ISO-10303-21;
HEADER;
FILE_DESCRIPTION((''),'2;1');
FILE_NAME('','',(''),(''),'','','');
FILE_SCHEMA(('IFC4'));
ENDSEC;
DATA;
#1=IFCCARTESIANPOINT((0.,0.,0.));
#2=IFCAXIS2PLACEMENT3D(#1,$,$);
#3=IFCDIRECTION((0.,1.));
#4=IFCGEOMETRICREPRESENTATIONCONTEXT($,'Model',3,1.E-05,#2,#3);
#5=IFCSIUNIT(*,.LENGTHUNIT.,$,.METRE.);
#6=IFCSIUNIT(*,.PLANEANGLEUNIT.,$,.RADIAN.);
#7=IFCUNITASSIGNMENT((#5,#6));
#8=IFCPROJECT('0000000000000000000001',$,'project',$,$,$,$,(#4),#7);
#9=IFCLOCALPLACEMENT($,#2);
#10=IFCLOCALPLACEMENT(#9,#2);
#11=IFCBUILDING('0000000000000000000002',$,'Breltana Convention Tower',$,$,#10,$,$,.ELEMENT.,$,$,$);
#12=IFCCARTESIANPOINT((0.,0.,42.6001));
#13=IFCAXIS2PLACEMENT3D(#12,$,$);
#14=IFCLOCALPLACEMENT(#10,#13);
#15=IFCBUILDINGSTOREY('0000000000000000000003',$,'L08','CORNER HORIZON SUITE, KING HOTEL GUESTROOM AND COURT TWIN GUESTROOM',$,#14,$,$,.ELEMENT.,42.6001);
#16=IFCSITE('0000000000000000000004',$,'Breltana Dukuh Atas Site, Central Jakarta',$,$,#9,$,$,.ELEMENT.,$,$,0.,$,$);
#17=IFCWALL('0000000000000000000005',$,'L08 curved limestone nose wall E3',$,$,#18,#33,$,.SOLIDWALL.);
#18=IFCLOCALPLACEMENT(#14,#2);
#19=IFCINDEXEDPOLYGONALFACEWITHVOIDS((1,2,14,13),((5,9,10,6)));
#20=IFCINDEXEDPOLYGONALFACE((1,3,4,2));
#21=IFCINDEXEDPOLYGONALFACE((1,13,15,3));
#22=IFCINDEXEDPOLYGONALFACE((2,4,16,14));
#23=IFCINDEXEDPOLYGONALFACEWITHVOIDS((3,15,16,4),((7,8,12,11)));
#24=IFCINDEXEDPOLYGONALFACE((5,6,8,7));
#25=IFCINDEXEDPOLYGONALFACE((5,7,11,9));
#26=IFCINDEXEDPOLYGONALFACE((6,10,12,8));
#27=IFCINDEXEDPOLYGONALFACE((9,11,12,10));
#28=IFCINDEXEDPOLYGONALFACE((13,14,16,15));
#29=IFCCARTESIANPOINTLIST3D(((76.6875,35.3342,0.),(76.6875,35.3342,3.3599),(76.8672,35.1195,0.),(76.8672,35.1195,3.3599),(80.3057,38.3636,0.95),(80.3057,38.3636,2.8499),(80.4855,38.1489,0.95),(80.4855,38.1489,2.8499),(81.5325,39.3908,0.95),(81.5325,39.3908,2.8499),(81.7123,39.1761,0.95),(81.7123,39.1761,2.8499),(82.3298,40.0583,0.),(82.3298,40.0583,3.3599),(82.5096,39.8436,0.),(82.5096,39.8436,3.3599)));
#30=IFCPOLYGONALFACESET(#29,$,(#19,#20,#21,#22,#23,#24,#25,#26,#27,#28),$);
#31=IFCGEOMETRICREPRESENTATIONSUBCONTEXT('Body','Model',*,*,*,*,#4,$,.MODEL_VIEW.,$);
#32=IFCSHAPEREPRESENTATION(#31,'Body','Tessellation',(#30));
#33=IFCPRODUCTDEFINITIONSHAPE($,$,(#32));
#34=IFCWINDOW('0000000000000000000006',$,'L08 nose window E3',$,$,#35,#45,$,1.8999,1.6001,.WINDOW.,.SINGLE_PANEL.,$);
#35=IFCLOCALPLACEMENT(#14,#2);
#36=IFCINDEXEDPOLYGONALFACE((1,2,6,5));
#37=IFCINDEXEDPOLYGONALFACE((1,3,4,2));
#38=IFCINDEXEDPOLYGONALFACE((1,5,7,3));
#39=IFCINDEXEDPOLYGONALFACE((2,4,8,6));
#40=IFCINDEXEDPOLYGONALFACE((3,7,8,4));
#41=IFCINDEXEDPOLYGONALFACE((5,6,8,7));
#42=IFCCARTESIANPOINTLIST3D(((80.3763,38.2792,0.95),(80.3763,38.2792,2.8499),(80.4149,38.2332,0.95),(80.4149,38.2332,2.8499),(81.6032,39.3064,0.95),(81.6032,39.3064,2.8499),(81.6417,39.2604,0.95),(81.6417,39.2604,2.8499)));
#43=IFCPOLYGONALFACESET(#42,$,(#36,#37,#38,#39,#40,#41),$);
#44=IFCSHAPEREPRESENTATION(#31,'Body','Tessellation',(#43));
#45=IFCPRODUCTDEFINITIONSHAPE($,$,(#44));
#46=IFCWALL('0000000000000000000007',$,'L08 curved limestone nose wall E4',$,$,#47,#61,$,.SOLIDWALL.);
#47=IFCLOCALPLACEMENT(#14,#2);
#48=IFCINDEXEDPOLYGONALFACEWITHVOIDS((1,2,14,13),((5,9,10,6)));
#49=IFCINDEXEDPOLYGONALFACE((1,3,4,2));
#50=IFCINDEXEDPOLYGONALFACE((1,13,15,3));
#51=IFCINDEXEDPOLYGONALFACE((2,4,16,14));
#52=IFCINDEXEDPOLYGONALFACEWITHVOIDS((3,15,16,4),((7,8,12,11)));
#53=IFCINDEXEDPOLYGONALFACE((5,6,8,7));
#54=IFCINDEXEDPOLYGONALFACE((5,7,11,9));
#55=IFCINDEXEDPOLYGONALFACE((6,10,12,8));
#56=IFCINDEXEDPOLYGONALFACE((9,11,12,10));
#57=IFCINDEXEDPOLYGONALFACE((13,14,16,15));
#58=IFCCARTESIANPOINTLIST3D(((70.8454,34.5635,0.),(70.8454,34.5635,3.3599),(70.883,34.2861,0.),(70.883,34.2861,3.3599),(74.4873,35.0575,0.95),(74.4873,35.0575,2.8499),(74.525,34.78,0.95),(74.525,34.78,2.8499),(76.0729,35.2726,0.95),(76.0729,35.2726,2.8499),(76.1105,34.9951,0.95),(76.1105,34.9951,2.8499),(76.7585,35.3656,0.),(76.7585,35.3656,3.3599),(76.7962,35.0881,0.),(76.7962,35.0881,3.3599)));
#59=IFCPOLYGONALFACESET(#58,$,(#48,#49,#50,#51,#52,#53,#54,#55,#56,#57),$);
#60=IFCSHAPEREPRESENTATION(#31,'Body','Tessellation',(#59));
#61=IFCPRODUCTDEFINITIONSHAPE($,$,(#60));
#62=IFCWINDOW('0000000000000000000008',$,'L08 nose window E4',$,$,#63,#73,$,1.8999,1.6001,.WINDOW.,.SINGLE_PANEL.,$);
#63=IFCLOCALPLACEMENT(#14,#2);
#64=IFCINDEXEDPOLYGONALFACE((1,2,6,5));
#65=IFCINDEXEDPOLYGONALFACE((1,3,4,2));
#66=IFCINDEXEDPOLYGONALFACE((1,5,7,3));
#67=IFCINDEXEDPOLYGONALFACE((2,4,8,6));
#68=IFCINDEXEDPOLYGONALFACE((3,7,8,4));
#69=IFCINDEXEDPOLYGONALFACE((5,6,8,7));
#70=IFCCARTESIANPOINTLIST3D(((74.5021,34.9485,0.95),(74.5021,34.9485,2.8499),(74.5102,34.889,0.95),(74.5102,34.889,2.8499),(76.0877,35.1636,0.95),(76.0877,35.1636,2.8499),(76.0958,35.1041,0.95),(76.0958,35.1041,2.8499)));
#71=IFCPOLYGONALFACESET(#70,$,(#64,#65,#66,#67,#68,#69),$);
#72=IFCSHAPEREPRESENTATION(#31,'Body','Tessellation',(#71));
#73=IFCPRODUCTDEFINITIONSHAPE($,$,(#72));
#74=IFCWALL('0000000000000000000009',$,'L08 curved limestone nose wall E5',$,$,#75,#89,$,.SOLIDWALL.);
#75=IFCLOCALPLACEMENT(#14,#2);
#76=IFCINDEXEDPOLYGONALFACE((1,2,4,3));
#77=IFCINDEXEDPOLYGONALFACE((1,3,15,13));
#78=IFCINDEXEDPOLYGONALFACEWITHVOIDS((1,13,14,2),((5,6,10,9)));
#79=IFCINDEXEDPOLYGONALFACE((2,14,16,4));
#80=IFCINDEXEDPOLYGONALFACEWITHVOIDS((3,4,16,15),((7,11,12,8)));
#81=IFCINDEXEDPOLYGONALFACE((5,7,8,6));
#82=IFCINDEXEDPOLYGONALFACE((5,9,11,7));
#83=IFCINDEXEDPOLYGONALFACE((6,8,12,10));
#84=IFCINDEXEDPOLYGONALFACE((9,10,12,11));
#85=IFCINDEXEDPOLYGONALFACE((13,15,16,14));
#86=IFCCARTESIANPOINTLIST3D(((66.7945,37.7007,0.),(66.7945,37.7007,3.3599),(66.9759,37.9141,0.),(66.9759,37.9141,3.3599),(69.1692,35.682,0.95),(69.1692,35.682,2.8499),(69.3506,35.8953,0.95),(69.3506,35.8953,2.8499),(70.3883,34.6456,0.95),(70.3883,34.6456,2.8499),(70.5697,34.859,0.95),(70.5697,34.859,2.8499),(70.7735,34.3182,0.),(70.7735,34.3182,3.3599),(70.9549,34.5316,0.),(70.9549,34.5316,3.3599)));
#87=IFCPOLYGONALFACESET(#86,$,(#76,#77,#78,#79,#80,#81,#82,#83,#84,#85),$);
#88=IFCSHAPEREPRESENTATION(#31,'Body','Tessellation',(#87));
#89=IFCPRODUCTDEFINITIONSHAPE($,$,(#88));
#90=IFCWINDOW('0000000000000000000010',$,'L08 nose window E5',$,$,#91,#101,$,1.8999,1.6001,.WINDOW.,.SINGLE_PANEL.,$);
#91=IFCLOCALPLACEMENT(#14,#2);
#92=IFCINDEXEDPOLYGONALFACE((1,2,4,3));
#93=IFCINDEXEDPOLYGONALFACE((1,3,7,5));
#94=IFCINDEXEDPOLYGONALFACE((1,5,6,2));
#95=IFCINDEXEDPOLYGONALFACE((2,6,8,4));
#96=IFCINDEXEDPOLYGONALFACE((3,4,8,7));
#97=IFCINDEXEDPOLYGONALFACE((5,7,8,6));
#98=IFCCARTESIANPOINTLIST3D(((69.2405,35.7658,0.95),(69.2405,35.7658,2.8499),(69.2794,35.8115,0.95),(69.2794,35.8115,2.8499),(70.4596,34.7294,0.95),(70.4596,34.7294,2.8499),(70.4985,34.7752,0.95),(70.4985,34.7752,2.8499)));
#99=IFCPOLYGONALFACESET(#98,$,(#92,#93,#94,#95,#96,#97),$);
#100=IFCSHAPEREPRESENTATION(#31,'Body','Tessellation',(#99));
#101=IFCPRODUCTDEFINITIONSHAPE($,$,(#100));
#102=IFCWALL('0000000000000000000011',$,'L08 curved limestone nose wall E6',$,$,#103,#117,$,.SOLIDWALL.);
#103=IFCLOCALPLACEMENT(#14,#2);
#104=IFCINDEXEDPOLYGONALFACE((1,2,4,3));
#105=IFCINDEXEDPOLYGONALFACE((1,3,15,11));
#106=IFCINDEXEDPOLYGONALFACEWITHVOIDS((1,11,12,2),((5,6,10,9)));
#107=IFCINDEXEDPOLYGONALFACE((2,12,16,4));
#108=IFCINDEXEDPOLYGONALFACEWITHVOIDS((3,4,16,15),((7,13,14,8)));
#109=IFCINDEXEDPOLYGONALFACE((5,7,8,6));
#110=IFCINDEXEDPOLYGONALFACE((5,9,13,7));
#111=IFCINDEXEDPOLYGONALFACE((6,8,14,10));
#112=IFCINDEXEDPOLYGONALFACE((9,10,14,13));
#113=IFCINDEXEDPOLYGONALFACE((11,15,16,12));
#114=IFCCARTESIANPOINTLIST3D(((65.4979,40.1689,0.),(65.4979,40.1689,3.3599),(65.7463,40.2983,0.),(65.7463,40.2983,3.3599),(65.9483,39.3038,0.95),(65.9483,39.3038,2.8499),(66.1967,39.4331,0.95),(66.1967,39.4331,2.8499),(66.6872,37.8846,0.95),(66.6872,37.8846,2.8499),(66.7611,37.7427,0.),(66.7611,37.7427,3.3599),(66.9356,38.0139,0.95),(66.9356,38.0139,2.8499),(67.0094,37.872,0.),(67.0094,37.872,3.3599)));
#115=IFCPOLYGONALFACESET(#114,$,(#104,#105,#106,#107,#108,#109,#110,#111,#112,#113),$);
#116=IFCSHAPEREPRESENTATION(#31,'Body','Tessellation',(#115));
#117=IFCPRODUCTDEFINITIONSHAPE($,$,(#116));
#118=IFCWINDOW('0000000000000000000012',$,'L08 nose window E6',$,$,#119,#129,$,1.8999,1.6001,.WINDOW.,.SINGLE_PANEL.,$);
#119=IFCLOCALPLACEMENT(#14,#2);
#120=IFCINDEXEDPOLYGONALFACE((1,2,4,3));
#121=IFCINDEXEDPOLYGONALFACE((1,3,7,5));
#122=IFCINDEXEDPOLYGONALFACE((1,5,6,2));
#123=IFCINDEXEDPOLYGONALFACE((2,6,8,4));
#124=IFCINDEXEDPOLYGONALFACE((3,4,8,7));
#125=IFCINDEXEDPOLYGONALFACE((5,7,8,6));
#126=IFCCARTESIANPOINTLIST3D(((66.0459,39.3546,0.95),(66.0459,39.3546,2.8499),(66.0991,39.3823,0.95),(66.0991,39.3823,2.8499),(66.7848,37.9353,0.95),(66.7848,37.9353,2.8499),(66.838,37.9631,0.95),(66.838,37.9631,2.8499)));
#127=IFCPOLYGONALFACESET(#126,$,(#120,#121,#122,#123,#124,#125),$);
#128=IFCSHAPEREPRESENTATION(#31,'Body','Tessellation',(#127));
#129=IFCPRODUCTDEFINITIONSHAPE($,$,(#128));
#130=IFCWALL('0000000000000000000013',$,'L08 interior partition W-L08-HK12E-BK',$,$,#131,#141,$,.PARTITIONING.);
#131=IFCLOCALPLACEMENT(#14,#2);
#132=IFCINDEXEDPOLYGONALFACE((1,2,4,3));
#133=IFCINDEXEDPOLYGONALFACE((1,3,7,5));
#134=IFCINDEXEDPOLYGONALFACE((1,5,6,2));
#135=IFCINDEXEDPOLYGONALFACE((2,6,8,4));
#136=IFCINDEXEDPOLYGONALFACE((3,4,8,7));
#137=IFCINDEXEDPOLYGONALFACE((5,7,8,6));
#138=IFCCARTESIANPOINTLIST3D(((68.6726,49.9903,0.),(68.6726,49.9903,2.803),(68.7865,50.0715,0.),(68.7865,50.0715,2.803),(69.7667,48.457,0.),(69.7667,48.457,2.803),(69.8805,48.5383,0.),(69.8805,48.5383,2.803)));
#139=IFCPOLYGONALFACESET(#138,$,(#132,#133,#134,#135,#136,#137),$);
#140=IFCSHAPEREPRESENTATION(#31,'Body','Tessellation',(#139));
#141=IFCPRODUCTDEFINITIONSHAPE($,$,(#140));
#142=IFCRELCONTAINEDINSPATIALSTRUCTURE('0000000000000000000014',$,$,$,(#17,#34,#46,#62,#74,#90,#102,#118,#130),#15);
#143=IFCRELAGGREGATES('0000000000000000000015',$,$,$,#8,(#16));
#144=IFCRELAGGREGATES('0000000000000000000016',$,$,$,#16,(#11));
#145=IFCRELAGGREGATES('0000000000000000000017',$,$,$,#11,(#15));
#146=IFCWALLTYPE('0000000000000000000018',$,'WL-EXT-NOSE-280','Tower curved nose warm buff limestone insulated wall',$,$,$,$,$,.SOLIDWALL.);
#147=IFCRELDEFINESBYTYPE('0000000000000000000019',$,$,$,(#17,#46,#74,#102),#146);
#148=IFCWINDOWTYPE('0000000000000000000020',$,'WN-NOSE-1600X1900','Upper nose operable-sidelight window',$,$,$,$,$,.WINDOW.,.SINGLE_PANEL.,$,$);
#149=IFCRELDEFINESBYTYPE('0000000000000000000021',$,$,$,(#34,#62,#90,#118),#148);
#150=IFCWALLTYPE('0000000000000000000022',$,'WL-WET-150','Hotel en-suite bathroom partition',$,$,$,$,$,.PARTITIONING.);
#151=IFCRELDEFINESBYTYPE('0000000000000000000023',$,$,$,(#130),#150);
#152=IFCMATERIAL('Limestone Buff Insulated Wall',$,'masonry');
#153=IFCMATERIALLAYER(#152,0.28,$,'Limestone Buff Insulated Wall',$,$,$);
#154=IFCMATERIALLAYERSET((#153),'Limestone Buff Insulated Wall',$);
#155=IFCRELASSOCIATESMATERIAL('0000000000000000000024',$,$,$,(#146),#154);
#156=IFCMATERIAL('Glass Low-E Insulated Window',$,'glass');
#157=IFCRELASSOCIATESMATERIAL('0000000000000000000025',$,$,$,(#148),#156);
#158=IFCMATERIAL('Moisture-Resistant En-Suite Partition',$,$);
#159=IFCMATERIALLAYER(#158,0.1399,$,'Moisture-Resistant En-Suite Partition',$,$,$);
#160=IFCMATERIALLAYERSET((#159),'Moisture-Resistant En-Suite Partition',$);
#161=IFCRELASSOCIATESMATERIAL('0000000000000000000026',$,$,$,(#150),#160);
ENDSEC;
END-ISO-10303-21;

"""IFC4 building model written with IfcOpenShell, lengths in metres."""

from ifc_helpers import new_model, si_unit, direction, frame, frame_2d, origin, place, context, subcontext, project, spatial, rectangle, extrude, source, transform, mapped, material, layer, layer_set, type_object, type_shapes, element, fill, save


model = new_model("IFC4")

# Units and contexts
model_context = context("Model", 3, precision=1e-05, world=origin(), true_north=direction((0.0, 1.0)))
body_context = subcontext(model_context, "Body", "Model", "MODEL_VIEW")
ifc_project = project(units=[si_unit("LENGTHUNIT", "METRE"), si_unit("PLANEANGLEUNIT", "RADIAN")], contexts=[model_context])

# Site, building, storey
site_placement = place(None, origin())
site = spatial("IfcSite", under=ifc_project, at=site_placement, Name="Breltana Dukuh Atas Site, Central Jakarta", CompositionType="ELEMENT", RefElevation=0.0)
building_placement = place(site_placement, origin())
building = spatial("IfcBuilding", under=site, at=building_placement, Name="Breltana Convention Tower", CompositionType="ELEMENT")
storey_placement = place(building_placement, frame((0.0, 0.0, 42.6001)))
storey = spatial("IfcBuildingStorey", under=building, at=storey_placement, Name="L08", Description="CORNER HORIZON SUITE, KING HOTEL GUESTROOM AND COURT TWIN GUESTROOM", CompositionType="ELEMENT", Elevation=42.6001)

# Walls, openings, windows
ifc_material_1 = material(Name="Limestone Buff Insulated Wall", Category="masonry")
ifc_layer_1 = layer(ifc_material_1, 0.28, Name="Limestone Buff Insulated Wall")
ifc_layer_set_1 = layer_set([ifc_layer_1], Name="Limestone Buff Insulated Wall")
wall_type_1 = type_object("IfcWallType", Name="WL-EXT-NOSE-280", Description="Tower curved nose warm buff limestone insulated wall", PredefinedType="SOLIDWALL", material=ifc_layer_set_1)
ifc_material_2 = material(Name="Glass Low-E Insulated Window", Category="glass")
window_type = type_object("IfcWindowType", Name="WN-NOSE-1600X1900", Description="Upper nose operable-sidelight window", PartitioningType="SINGLE_PANEL", PredefinedType="WINDOW", material=ifc_material_2)
shared_shape_1 = source(origin(), body_context, "Body", "SweptSolid", [
    extrude(rectangle(XDim=1.6001, YDim=1.8999, at=frame_2d((0.8, 0.95))), frame((0.0, 0.03, 0.0), z_axis=(0.0, -1.0, 0.0), x_axis=(1.0, 0.0, 0.0)), (0.0, 0.0, 1.0), 0.0601),
])
type_shapes(window_type, [shared_shape_1])
shared_shape_2 = source(origin(), body_context, "Body", "SweptSolid", [
    extrude(rectangle(XDim=7.3589, YDim=0.28, at=frame_2d((3.6794, 0.0))), origin(), (0.0, 0.0, 1.0), 3.3599),
])
wall_1_placement = place(storey_placement, frame((82.4197, 39.9509, 0.0), z_axis=(0.0, 0.0, 1.0), x_axis=(-0.766737, -0.641961, 0.0)))
wall_1 = element("IfcWall", 1, at=wall_1_placement, inside=storey, type_object=wall_type_1, Name="L08 curved limestone nose wall E3", PredefinedType="SOLIDWALL", context=body_context, shape_type="MappedRepresentation", body=[
    mapped(shared_shape_2, transform((0.0, 0.0, 0.0), scale=1.0)),
])
opening_1_placement = place(wall_1_placement, frame((1.0398, 0.0, 0.95)))
opening_1 = element("IfcOpeningElement", 2, at=opening_1_placement, cuts=wall_1, PredefinedType="OPENING", context=body_context, shape_type="SweptSolid", body=[
    extrude(rectangle(XDim=1.6001, YDim=1.8999, at=frame_2d((0.8, 0.95))), frame((0.0, 0.1499, 0.0), z_axis=(0.0, -1.0, 0.0), x_axis=(1.0, 0.0, 0.0)), (0.0, 0.0, 1.0), 0.3),
])
window_1_placement = place(opening_1_placement, origin())
window_1 = element("IfcWindow", 3, at=window_1_placement, inside=storey, type_object=window_type, Name="L08 nose window E3", OverallHeight=1.8999, OverallWidth=1.6001, PartitioningType="SINGLE_PANEL", PredefinedType="WINDOW", context=body_context, shape_type="MappedRepresentation", body=[
    mapped(shared_shape_1, transform((0.0, 0.0, 0.0), scale=1.0)),
])
fill(opening_1, window_1)
shared_shape_3 = source(origin(), body_context, "Body", "SweptSolid", [
    extrude(rectangle(XDim=5.9673, YDim=0.28, at=frame_2d((2.9836, 0.0))), origin(), (0.0, 0.0, 1.0), 3.3599),
])
wall_2_placement = place(storey_placement, frame((76.7773, 35.2268, 0.0), z_axis=(0.0, 0.0, 1.0), x_axis=(-0.990927, -0.134401, 0.0)))
wall_2 = element("IfcWall", 4, at=wall_2_placement, inside=storey, type_object=wall_type_1, Name="L08 curved limestone nose wall E4", PredefinedType="SOLIDWALL", context=body_context, shape_type="MappedRepresentation", body=[
    mapped(shared_shape_3, transform((0.0, 0.0, 0.0), scale=1.0)),
])
opening_2_placement = place(wall_2_placement, frame((0.6919, 0.0, 0.95)))
opening_2 = element("IfcOpeningElement", 5, at=opening_2_placement, cuts=wall_2, PredefinedType="OPENING", context=body_context, shape_type="SweptSolid", body=[
    extrude(rectangle(XDim=1.6001, YDim=1.8999, at=frame_2d((0.8, 0.95))), frame((0.0, 0.1499, 0.0), z_axis=(0.0, -1.0, 0.0), x_axis=(1.0, 0.0, 0.0)), (0.0, 0.0, 1.0), 0.3),
])
window_2_placement = place(opening_2_placement, origin())
window_2 = element("IfcWindow", 6, at=window_2_placement, inside=storey, type_object=window_type, Name="L08 nose window E4", OverallHeight=1.8999, OverallWidth=1.6001, PartitioningType="SINGLE_PANEL", PredefinedType="WINDOW", context=body_context, shape_type="MappedRepresentation", body=[
    mapped(shared_shape_1, transform((0.0, 0.0, 0.0), scale=1.0)),
])
fill(opening_2, window_2)
shared_shape_4 = source(origin(), body_context, "Body", "SweptSolid", [
    extrude(rectangle(XDim=5.2224, YDim=0.28, at=frame_2d((2.6113, 0.0))), origin(), (0.0, 0.0, 1.0), 3.3599),
])
wall_3_placement = place(storey_placement, frame((70.8643, 34.4248, 0.0), z_axis=(0.0, 0.0, 1.0), x_axis=(-0.7619, 0.647695, 0.0)))
wall_3 = element("IfcWall", 7, at=wall_3_placement, inside=storey, type_object=wall_type_1, Name="L08 curved limestone nose wall E5", PredefinedType="SOLIDWALL", context=body_context, shape_type="MappedRepresentation", body=[
    mapped(shared_shape_4, transform((0.0, 0.0, 0.0), scale=1.0)),
])
opening_3_placement = place(wall_3_placement, frame((0.5056, 0.0, 0.95)))
opening_3 = element("IfcOpeningElement", 8, at=opening_3_placement, cuts=wall_3, PredefinedType="OPENING", context=body_context, shape_type="SweptSolid", body=[
    extrude(rectangle(XDim=1.6001, YDim=1.8999, at=frame_2d((0.8, 0.95))), frame((0.0, 0.1499, 0.0), z_axis=(0.0, -1.0, 0.0), x_axis=(1.0, 0.0, 0.0)), (0.0, 0.0, 1.0), 0.3),
])
window_3_placement = place(opening_3_placement, origin())
window_3 = element("IfcWindow", 9, at=window_3_placement, inside=storey, type_object=window_type, Name="L08 nose window E5", OverallHeight=1.8999, OverallWidth=1.6001, PartitioningType="SINGLE_PANEL", PredefinedType="WINDOW", context=body_context, shape_type="MappedRepresentation", body=[
    mapped(shared_shape_1, transform((0.0, 0.0, 0.0), scale=1.0)),
])
fill(opening_3, window_3)
shared_shape_5 = source(origin(), body_context, "Body", "SweptSolid", [
    extrude(rectangle(XDim=2.7354, YDim=0.28, at=frame_2d((1.3677, 0.0))), origin(), (0.0, 0.0, 1.0), 3.3599),
])
wall_4_placement = place(storey_placement, frame((66.8853, 37.8074, 0.0), z_axis=(0.0, 0.0, 1.0), x_axis=(-0.461791, 0.886989, 0.0)))
wall_4 = element("IfcWall", 10, at=wall_4_placement, inside=storey, type_object=wall_type_1, Name="L08 curved limestone nose wall E6", PredefinedType="SOLIDWALL", context=body_context, shape_type="MappedRepresentation", body=[
    mapped(shared_shape_5, transform((0.0, 0.0, 0.0), scale=1.0)),
])
opening_4_placement = place(wall_4_placement, frame((0.1599, 0.0, 0.95)))
opening_4 = element("IfcOpeningElement", 11, at=opening_4_placement, cuts=wall_4, PredefinedType="OPENING", context=body_context, shape_type="SweptSolid", body=[
    extrude(rectangle(XDim=1.6001, YDim=1.8999, at=frame_2d((0.8, 0.95))), frame((0.0, 0.1499, 0.0), z_axis=(0.0, -1.0, 0.0), x_axis=(1.0, 0.0, 0.0)), (0.0, 0.0, 1.0), 0.3),
])
window_4_placement = place(opening_4_placement, origin())
window_4 = element("IfcWindow", 12, at=window_4_placement, inside=storey, type_object=window_type, Name="L08 nose window E6", OverallHeight=1.8999, OverallWidth=1.6001, PartitioningType="SINGLE_PANEL", PredefinedType="WINDOW", context=body_context, shape_type="MappedRepresentation", body=[
    mapped(shared_shape_1, transform((0.0, 0.0, 0.0), scale=1.0)),
])
fill(opening_4, window_4)

# Wall
ifc_material_3 = material(Name="Moisture-Resistant En-Suite Partition")
ifc_layer_2 = layer(ifc_material_3, 0.1399, Name="Moisture-Resistant En-Suite Partition")
ifc_layer_set_2 = layer_set([ifc_layer_2], Name="Moisture-Resistant En-Suite Partition")
wall_type_2 = type_object("IfcWallType", Name="WL-WET-150", Description="Hotel en-suite bathroom partition", PredefinedType="PARTITIONING", material=ifc_layer_set_2)
shared_shape_6 = source(origin(), body_context, "Body", "SweptSolid", [
    extrude(rectangle(XDim=1.8835, YDim=0.1399, at=frame_2d((0.9419, 0.0))), origin(), (0.0, 0.0, 1.0), 2.803),
])
wall_5_placement = place(storey_placement, frame((68.7295, 50.031, 0.0), z_axis=(0.0, 0.0, 1.0), x_axis=(0.580833, -0.814022, 0.0)))
element("IfcWall", 13, at=wall_5_placement, inside=storey, type_object=wall_type_2, Name="L08 interior partition W-L08-HK12E-BK", PredefinedType="PARTITIONING", context=body_context, shape_type="MappedRepresentation", body=[
    mapped(shared_shape_6, transform((0.0, 0.0, 0.0), scale=1.0)),
])

save(model, "model.ifc")
